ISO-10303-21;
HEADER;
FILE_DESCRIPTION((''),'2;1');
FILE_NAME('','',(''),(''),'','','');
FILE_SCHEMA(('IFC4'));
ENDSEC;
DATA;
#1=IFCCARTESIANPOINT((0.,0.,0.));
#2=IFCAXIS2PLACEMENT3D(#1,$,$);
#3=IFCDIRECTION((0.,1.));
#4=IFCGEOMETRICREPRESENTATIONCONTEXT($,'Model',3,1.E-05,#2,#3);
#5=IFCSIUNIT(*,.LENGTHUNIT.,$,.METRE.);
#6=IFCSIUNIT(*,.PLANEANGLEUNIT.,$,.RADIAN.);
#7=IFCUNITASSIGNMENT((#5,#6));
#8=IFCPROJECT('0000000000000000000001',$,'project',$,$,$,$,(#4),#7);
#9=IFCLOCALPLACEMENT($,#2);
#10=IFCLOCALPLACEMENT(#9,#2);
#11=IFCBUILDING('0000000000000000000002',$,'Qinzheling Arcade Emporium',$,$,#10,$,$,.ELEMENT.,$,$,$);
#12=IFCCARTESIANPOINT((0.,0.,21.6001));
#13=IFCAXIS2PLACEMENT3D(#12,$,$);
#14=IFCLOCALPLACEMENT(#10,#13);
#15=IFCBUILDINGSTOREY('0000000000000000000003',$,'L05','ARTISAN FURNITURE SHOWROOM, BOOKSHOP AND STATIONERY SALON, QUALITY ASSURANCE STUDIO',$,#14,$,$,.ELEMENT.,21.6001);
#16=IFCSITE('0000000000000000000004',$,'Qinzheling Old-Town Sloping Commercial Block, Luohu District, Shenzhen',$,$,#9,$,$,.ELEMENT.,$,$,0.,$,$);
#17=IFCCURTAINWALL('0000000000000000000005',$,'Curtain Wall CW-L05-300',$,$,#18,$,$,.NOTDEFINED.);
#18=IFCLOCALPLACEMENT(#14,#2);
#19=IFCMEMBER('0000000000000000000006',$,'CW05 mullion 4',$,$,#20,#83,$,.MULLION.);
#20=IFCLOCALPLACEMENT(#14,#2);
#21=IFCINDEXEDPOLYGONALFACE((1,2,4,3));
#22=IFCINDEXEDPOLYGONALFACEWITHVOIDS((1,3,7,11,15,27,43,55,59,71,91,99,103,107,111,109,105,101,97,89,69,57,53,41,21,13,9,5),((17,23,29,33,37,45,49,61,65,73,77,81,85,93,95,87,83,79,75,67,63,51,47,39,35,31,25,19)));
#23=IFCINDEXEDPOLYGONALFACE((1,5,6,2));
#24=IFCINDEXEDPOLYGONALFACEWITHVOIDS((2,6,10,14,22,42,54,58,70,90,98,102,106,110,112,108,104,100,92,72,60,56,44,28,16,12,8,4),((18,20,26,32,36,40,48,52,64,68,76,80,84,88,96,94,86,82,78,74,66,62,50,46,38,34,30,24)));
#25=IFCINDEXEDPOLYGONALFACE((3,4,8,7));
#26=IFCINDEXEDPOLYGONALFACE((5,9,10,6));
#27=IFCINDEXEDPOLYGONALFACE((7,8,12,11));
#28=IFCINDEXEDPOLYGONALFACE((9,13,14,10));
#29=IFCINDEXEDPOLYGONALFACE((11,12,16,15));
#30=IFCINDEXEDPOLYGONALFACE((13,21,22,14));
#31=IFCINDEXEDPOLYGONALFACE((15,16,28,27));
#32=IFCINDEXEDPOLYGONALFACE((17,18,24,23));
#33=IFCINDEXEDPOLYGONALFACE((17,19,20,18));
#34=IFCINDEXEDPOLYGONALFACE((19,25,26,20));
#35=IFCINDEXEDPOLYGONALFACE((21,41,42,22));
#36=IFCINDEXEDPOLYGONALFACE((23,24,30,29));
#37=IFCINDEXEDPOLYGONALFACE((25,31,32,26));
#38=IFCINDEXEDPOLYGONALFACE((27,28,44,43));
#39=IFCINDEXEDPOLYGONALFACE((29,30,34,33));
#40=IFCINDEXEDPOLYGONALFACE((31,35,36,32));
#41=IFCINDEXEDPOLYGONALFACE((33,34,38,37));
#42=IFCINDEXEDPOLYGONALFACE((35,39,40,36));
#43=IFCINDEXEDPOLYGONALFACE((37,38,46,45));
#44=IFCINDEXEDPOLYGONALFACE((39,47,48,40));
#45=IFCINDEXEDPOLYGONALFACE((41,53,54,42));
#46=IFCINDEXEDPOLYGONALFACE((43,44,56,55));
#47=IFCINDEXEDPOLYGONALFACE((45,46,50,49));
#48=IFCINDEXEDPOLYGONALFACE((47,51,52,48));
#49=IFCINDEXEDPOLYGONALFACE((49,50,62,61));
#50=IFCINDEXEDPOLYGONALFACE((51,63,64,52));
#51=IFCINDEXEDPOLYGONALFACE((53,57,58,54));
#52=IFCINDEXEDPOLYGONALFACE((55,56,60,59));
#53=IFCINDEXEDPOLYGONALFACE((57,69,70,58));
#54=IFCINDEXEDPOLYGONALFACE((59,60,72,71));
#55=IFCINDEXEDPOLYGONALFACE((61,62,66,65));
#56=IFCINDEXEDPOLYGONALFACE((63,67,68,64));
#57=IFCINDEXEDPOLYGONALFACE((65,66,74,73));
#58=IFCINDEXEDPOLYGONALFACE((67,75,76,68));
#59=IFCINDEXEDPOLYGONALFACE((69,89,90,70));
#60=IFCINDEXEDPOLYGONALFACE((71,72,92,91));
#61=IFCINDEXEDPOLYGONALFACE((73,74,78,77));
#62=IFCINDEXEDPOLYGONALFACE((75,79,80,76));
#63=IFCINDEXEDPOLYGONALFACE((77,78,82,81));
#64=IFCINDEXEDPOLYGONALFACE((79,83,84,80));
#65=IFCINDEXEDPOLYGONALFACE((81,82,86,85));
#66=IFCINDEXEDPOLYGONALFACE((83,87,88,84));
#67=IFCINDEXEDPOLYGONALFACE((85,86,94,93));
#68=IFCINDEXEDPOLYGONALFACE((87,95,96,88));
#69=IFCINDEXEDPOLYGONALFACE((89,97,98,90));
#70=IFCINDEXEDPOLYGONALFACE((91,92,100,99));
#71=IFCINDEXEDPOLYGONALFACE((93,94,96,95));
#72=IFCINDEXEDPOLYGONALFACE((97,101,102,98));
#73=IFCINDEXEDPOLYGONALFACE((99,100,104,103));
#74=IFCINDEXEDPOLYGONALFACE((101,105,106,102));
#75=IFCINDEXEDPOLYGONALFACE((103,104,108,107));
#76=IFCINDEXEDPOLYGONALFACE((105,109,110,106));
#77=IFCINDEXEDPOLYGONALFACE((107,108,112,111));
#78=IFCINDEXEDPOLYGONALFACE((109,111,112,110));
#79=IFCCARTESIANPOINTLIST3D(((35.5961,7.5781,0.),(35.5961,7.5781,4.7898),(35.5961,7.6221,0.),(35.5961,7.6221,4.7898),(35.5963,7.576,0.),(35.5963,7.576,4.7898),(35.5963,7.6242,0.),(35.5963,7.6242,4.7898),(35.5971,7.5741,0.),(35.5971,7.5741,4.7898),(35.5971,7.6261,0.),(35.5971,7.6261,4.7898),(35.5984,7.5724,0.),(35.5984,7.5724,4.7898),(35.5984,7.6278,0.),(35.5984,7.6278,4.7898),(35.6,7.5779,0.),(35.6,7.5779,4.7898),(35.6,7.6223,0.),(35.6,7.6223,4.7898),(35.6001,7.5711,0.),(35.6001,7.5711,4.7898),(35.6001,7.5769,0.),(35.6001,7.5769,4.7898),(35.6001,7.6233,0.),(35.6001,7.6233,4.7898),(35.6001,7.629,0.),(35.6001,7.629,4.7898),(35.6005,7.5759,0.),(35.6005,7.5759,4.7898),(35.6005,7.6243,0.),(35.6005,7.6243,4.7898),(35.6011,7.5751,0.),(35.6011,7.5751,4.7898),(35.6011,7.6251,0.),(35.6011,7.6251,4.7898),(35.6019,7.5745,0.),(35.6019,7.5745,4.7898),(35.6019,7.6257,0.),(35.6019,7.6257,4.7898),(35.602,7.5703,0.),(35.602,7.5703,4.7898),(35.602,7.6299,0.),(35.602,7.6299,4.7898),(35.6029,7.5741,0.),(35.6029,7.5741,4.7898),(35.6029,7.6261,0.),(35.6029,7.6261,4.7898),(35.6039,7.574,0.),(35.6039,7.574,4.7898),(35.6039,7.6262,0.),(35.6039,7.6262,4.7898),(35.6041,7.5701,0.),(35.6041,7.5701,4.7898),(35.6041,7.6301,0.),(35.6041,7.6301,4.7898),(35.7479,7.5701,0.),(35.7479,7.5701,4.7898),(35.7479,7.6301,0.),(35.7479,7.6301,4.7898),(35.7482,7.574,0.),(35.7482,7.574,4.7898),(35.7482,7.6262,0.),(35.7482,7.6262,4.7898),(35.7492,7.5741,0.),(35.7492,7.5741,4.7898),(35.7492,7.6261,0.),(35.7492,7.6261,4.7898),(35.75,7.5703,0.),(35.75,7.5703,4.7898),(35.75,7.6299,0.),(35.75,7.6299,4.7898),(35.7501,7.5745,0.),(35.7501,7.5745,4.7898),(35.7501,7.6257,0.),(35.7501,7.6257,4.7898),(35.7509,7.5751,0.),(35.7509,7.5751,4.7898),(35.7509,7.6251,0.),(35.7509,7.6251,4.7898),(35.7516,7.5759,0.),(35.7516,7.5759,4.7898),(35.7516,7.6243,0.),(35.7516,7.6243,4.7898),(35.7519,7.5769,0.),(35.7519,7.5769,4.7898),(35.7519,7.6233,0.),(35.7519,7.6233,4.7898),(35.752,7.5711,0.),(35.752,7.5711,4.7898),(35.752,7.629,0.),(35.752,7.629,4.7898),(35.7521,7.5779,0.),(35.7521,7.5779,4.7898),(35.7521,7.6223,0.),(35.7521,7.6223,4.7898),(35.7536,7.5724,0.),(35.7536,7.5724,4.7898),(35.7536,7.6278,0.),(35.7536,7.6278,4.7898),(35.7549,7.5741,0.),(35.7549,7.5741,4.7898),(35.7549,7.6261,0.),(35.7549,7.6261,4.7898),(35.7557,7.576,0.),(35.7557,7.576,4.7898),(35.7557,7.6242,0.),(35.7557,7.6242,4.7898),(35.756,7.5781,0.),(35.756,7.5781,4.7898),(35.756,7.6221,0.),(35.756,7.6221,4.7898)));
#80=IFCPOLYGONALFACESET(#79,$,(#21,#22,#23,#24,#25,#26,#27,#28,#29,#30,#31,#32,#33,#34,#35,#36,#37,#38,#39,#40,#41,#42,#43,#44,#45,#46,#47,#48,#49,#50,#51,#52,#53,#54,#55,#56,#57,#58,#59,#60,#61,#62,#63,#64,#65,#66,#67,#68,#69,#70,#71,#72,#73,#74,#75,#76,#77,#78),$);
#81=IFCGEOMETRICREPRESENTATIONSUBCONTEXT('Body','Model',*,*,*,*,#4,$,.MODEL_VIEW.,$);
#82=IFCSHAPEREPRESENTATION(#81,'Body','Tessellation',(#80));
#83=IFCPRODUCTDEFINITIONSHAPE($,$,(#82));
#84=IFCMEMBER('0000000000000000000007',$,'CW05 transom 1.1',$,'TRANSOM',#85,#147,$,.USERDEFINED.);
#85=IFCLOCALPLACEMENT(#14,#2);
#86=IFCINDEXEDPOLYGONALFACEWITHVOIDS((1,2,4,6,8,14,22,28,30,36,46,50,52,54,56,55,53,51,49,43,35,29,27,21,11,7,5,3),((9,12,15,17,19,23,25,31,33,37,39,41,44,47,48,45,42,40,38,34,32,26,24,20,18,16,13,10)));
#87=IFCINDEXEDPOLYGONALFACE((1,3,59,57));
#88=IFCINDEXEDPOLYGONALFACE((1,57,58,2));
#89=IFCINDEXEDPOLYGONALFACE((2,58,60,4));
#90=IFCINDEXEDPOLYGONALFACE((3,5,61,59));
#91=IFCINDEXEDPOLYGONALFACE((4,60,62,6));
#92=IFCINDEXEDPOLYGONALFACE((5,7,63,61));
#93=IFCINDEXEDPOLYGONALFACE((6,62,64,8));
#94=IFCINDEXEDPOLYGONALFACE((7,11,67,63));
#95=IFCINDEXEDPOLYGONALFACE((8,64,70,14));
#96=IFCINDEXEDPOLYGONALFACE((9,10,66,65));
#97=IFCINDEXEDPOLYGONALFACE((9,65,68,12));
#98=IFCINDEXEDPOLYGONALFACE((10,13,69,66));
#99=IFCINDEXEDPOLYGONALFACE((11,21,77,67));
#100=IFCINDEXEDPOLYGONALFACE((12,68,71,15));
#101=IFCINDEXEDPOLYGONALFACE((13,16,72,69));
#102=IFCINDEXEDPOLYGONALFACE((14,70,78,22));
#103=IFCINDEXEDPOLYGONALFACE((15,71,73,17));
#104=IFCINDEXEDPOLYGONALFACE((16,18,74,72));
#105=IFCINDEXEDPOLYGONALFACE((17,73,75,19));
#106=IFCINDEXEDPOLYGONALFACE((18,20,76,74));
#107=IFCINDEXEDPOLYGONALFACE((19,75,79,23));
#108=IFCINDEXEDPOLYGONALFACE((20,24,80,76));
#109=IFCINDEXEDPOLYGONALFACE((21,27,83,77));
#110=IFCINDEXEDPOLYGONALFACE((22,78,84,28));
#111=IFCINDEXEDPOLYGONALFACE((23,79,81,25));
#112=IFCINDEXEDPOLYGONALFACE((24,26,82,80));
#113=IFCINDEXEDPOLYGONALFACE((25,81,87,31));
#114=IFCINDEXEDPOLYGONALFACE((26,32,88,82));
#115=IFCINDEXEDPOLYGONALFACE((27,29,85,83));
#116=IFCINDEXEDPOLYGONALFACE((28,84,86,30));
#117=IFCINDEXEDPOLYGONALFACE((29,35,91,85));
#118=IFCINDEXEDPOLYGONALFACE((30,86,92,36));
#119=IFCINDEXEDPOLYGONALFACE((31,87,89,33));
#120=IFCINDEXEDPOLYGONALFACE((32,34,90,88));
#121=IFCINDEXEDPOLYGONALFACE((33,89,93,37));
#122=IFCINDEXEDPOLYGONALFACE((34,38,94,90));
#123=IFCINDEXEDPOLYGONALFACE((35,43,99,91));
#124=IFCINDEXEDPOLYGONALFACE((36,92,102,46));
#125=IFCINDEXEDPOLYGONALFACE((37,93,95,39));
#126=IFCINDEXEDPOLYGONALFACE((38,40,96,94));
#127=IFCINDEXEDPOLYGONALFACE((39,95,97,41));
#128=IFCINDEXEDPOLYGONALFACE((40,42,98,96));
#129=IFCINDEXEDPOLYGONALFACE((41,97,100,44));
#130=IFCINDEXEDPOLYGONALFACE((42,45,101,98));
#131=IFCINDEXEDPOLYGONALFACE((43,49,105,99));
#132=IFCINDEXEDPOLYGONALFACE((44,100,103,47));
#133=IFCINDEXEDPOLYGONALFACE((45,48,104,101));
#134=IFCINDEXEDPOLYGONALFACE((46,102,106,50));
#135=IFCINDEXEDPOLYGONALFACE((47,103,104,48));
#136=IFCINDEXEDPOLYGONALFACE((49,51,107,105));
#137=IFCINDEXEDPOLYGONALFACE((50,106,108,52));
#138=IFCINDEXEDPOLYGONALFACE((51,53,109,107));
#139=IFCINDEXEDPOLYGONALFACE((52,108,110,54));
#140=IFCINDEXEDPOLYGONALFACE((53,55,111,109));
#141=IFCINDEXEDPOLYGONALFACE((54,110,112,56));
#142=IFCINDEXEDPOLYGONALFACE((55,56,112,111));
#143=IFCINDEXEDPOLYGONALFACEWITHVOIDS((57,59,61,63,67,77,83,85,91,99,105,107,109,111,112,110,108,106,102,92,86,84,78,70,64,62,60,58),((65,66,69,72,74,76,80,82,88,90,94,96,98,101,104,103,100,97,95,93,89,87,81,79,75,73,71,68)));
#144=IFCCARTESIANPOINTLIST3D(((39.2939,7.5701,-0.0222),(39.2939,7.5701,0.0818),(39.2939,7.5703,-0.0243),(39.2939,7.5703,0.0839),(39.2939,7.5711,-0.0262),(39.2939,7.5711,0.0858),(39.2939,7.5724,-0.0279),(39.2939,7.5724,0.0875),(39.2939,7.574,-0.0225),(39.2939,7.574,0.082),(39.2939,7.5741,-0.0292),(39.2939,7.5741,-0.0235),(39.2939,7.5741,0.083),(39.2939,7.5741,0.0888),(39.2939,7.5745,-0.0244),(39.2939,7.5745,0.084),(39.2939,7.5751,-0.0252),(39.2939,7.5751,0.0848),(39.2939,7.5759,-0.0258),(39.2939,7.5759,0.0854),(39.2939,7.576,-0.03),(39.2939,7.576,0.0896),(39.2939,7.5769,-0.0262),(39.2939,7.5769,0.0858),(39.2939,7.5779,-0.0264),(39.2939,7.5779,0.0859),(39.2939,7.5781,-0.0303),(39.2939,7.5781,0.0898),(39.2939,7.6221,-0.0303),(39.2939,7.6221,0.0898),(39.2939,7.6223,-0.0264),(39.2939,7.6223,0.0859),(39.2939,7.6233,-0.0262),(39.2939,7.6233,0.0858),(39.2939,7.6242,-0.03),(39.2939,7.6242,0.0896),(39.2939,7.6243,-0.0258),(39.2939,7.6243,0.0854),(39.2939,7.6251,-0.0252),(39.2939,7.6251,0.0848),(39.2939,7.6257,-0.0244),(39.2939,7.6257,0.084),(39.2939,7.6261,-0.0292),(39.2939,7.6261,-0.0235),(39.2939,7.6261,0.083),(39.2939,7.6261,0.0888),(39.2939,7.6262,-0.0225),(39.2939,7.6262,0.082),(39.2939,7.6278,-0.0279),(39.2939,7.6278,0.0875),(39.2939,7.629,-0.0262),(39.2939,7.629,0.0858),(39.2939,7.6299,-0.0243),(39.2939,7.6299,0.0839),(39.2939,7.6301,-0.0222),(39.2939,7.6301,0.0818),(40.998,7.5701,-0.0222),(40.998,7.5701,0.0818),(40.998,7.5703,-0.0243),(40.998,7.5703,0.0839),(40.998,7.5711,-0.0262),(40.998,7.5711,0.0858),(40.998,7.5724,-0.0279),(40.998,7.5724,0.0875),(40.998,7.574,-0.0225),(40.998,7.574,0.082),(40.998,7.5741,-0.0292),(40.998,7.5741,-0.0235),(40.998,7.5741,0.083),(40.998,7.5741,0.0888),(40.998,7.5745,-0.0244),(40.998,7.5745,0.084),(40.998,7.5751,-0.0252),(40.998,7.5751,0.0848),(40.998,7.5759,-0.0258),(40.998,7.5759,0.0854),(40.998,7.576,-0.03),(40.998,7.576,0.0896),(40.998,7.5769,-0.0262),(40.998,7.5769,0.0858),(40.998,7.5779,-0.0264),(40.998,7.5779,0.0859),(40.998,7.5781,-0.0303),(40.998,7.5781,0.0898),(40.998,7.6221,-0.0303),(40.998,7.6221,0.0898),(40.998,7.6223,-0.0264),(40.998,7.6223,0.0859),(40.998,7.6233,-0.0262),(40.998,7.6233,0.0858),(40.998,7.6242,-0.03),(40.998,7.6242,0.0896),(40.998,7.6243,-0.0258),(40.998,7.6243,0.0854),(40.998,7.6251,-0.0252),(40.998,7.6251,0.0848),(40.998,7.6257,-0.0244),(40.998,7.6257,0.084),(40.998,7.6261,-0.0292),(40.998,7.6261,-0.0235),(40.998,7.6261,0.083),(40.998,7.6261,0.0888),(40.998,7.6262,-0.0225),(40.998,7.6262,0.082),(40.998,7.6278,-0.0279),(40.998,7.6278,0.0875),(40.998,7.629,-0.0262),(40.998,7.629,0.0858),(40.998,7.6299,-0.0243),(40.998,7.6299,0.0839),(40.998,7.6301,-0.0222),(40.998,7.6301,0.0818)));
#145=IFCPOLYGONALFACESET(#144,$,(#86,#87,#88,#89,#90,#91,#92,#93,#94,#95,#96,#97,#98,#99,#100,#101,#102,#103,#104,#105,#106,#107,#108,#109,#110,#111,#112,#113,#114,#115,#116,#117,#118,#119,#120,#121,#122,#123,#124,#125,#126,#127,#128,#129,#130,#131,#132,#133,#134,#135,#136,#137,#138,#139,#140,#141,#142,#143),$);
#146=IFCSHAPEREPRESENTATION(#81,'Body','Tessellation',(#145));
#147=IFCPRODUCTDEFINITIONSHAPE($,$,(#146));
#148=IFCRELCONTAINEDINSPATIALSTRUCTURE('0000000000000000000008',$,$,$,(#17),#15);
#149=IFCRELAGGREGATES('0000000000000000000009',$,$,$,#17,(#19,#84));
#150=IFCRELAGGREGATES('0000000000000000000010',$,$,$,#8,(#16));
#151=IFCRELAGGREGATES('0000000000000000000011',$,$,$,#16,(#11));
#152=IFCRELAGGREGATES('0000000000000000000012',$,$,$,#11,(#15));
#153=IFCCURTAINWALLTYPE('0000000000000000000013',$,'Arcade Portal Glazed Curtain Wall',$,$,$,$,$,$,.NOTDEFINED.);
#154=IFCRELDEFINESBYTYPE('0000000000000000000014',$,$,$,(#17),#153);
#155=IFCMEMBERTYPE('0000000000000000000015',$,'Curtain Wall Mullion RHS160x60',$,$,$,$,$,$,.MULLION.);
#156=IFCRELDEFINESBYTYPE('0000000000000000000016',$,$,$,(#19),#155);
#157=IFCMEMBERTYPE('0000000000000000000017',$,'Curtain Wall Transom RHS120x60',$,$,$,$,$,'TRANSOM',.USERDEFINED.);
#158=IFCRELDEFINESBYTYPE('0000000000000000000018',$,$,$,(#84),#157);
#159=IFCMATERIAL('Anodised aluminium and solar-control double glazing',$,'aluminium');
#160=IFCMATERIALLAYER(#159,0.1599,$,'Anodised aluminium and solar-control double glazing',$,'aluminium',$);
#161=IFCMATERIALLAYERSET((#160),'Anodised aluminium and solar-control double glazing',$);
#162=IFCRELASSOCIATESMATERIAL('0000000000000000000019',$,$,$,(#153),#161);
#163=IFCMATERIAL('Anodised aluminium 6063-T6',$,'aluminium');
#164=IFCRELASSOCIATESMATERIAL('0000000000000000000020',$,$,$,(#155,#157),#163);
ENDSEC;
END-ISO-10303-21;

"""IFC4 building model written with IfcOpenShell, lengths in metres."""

from ifc_helpers import new_model, si_unit, direction, frame, origin, origin_2d, place, context, subcontext, project, spatial, hollow_rectangle, extrude, material, layer, layer_set, material_profile, profile_set, type_object, element, aggregate, save


model = new_model("IFC4")

# Units and contexts
model_context = context("Model", 3, precision=1e-05, world=origin(), true_north=direction((0.0, 1.0)))
body_context = subcontext(model_context, "Body", "Model", "MODEL_VIEW")
ifc_project = project(units=[si_unit("LENGTHUNIT", "METRE"), si_unit("PLANEANGLEUNIT", "RADIAN")], contexts=[model_context])

# Site, building, storey
site_placement = place(None, origin())
site = spatial("IfcSite", under=ifc_project, at=site_placement, Name="Qinzheling Old-Town Sloping Commercial Block, Luohu District, Shenzhen", CompositionType="ELEMENT", RefElevation=0.0)
building_placement = place(site_placement, origin())
building = spatial("IfcBuilding", under=site, at=building_placement, Name="Qinzheling Arcade Emporium", CompositionType="ELEMENT")
storey_placement = place(building_placement, frame((0.0, 0.0, 21.6001)))
storey = spatial("IfcBuildingStorey", under=building, at=storey_placement, Name="L05", Description="ARTISAN FURNITURE SHOWROOM, BOOKSHOP AND STATIONERY SALON, QUALITY ASSURANCE STUDIO", CompositionType="ELEMENT", Elevation=21.6001)

# Shared definitions
ifc_material_1 = material(Name="Anodised aluminium and solar-control double glazing", Category="aluminium")
ifc_layer_1 = layer(ifc_material_1, 0.1599, Name="Anodised aluminium and solar-control double glazing", Category="aluminium")
ifc_layer_set_1 = layer_set([ifc_layer_1], Name="Anodised aluminium and solar-control double glazing")
curtain_wall_type = type_object("IfcCurtainWallType", Name="Arcade Portal Glazed Curtain Wall", PredefinedType="NOTDEFINED", material=ifc_layer_set_1)
ifc_material_2 = material(Name="Anodised aluminium 6063-T6", Category="aluminium")
ifc_material_profile_1 = material_profile(ifc_material_2, hollow_rectangle(XDim=0.0601, YDim=0.1599, WallThickness=0.0039, InnerFilletRadius=0.0039, OuterFilletRadius=0.0081, at=origin_2d()), Name="RHS 160x60x4", Category="aluminium")
ifc_profile_set_1 = profile_set([ifc_material_profile_1], Name="Anodised aluminium 6063-T6")
member_type_1 = type_object("IfcMemberType", Name="Curtain Wall Mullion RHS160x60", PredefinedType="MULLION", material=ifc_profile_set_1)

# Curtain wall, members
curtain_wall_1_placement = place(storey_placement, origin())
curtain_wall_1 = element("IfcCurtainWall", 1, at=curtain_wall_1_placement, inside=storey, type_object=curtain_wall_type, Name="Curtain Wall CW-L05-300", PredefinedType="NOTDEFINED")
member_1_placement = place(storey_placement, frame((35.676, 7.6001, 0.0), z_axis=(0.0, 0.0, 1.0), x_axis=(0.0, -1.0, 0.0)))
member_1 = element("IfcMember", 2, at=member_1_placement, type_object=member_type_1, Name="CW05 mullion 4", PredefinedType="MULLION", context=body_context, shape_type="SweptSolid", body=[
    extrude(hollow_rectangle(XDim=0.0601, YDim=0.1599, WallThickness=0.0039, InnerFilletRadius=0.0039, OuterFilletRadius=0.0081, at=origin_2d()), origin(), (0.0, 0.0, 1.0), 4.7898),
])
ifc_material_profile_2 = material_profile(ifc_material_2, hollow_rectangle(XDim=0.0601, YDim=0.1201, WallThickness=0.0039, InnerFilletRadius=0.0039, OuterFilletRadius=0.0081, at=origin_2d()), Name="RHS 120x60x4", Category="aluminium")
ifc_profile_set_2 = profile_set([ifc_material_profile_2], Name="Anodised aluminium 6063-T6")
member_type_2 = type_object("IfcMemberType", Name="Curtain Wall Transom RHS120x60", ElementType="TRANSOM", PredefinedType="USERDEFINED", material=ifc_profile_set_2)
member_2_placement = place(storey_placement, frame((40.998, 7.6001, 0.0298), z_axis=(-1.0, 0.0, 0.0), x_axis=(0.0, -1.0, 0.0)))
member_2 = element("IfcMember", 3, at=member_2_placement, type_object=member_type_2, Name="CW05 transom 1.1", ObjectType="TRANSOM", PredefinedType="USERDEFINED", context=body_context, shape_type="SweptSolid", body=[
    extrude(hollow_rectangle(XDim=0.0601, YDim=0.1201, WallThickness=0.0039, InnerFilletRadius=0.0039, OuterFilletRadius=0.0081, at=origin_2d()), origin(), (0.0, 0.0, 1.0), 1.7041),
])
aggregate(curtain_wall_1, [member_1, member_2])

save(model, "model.ifc")
